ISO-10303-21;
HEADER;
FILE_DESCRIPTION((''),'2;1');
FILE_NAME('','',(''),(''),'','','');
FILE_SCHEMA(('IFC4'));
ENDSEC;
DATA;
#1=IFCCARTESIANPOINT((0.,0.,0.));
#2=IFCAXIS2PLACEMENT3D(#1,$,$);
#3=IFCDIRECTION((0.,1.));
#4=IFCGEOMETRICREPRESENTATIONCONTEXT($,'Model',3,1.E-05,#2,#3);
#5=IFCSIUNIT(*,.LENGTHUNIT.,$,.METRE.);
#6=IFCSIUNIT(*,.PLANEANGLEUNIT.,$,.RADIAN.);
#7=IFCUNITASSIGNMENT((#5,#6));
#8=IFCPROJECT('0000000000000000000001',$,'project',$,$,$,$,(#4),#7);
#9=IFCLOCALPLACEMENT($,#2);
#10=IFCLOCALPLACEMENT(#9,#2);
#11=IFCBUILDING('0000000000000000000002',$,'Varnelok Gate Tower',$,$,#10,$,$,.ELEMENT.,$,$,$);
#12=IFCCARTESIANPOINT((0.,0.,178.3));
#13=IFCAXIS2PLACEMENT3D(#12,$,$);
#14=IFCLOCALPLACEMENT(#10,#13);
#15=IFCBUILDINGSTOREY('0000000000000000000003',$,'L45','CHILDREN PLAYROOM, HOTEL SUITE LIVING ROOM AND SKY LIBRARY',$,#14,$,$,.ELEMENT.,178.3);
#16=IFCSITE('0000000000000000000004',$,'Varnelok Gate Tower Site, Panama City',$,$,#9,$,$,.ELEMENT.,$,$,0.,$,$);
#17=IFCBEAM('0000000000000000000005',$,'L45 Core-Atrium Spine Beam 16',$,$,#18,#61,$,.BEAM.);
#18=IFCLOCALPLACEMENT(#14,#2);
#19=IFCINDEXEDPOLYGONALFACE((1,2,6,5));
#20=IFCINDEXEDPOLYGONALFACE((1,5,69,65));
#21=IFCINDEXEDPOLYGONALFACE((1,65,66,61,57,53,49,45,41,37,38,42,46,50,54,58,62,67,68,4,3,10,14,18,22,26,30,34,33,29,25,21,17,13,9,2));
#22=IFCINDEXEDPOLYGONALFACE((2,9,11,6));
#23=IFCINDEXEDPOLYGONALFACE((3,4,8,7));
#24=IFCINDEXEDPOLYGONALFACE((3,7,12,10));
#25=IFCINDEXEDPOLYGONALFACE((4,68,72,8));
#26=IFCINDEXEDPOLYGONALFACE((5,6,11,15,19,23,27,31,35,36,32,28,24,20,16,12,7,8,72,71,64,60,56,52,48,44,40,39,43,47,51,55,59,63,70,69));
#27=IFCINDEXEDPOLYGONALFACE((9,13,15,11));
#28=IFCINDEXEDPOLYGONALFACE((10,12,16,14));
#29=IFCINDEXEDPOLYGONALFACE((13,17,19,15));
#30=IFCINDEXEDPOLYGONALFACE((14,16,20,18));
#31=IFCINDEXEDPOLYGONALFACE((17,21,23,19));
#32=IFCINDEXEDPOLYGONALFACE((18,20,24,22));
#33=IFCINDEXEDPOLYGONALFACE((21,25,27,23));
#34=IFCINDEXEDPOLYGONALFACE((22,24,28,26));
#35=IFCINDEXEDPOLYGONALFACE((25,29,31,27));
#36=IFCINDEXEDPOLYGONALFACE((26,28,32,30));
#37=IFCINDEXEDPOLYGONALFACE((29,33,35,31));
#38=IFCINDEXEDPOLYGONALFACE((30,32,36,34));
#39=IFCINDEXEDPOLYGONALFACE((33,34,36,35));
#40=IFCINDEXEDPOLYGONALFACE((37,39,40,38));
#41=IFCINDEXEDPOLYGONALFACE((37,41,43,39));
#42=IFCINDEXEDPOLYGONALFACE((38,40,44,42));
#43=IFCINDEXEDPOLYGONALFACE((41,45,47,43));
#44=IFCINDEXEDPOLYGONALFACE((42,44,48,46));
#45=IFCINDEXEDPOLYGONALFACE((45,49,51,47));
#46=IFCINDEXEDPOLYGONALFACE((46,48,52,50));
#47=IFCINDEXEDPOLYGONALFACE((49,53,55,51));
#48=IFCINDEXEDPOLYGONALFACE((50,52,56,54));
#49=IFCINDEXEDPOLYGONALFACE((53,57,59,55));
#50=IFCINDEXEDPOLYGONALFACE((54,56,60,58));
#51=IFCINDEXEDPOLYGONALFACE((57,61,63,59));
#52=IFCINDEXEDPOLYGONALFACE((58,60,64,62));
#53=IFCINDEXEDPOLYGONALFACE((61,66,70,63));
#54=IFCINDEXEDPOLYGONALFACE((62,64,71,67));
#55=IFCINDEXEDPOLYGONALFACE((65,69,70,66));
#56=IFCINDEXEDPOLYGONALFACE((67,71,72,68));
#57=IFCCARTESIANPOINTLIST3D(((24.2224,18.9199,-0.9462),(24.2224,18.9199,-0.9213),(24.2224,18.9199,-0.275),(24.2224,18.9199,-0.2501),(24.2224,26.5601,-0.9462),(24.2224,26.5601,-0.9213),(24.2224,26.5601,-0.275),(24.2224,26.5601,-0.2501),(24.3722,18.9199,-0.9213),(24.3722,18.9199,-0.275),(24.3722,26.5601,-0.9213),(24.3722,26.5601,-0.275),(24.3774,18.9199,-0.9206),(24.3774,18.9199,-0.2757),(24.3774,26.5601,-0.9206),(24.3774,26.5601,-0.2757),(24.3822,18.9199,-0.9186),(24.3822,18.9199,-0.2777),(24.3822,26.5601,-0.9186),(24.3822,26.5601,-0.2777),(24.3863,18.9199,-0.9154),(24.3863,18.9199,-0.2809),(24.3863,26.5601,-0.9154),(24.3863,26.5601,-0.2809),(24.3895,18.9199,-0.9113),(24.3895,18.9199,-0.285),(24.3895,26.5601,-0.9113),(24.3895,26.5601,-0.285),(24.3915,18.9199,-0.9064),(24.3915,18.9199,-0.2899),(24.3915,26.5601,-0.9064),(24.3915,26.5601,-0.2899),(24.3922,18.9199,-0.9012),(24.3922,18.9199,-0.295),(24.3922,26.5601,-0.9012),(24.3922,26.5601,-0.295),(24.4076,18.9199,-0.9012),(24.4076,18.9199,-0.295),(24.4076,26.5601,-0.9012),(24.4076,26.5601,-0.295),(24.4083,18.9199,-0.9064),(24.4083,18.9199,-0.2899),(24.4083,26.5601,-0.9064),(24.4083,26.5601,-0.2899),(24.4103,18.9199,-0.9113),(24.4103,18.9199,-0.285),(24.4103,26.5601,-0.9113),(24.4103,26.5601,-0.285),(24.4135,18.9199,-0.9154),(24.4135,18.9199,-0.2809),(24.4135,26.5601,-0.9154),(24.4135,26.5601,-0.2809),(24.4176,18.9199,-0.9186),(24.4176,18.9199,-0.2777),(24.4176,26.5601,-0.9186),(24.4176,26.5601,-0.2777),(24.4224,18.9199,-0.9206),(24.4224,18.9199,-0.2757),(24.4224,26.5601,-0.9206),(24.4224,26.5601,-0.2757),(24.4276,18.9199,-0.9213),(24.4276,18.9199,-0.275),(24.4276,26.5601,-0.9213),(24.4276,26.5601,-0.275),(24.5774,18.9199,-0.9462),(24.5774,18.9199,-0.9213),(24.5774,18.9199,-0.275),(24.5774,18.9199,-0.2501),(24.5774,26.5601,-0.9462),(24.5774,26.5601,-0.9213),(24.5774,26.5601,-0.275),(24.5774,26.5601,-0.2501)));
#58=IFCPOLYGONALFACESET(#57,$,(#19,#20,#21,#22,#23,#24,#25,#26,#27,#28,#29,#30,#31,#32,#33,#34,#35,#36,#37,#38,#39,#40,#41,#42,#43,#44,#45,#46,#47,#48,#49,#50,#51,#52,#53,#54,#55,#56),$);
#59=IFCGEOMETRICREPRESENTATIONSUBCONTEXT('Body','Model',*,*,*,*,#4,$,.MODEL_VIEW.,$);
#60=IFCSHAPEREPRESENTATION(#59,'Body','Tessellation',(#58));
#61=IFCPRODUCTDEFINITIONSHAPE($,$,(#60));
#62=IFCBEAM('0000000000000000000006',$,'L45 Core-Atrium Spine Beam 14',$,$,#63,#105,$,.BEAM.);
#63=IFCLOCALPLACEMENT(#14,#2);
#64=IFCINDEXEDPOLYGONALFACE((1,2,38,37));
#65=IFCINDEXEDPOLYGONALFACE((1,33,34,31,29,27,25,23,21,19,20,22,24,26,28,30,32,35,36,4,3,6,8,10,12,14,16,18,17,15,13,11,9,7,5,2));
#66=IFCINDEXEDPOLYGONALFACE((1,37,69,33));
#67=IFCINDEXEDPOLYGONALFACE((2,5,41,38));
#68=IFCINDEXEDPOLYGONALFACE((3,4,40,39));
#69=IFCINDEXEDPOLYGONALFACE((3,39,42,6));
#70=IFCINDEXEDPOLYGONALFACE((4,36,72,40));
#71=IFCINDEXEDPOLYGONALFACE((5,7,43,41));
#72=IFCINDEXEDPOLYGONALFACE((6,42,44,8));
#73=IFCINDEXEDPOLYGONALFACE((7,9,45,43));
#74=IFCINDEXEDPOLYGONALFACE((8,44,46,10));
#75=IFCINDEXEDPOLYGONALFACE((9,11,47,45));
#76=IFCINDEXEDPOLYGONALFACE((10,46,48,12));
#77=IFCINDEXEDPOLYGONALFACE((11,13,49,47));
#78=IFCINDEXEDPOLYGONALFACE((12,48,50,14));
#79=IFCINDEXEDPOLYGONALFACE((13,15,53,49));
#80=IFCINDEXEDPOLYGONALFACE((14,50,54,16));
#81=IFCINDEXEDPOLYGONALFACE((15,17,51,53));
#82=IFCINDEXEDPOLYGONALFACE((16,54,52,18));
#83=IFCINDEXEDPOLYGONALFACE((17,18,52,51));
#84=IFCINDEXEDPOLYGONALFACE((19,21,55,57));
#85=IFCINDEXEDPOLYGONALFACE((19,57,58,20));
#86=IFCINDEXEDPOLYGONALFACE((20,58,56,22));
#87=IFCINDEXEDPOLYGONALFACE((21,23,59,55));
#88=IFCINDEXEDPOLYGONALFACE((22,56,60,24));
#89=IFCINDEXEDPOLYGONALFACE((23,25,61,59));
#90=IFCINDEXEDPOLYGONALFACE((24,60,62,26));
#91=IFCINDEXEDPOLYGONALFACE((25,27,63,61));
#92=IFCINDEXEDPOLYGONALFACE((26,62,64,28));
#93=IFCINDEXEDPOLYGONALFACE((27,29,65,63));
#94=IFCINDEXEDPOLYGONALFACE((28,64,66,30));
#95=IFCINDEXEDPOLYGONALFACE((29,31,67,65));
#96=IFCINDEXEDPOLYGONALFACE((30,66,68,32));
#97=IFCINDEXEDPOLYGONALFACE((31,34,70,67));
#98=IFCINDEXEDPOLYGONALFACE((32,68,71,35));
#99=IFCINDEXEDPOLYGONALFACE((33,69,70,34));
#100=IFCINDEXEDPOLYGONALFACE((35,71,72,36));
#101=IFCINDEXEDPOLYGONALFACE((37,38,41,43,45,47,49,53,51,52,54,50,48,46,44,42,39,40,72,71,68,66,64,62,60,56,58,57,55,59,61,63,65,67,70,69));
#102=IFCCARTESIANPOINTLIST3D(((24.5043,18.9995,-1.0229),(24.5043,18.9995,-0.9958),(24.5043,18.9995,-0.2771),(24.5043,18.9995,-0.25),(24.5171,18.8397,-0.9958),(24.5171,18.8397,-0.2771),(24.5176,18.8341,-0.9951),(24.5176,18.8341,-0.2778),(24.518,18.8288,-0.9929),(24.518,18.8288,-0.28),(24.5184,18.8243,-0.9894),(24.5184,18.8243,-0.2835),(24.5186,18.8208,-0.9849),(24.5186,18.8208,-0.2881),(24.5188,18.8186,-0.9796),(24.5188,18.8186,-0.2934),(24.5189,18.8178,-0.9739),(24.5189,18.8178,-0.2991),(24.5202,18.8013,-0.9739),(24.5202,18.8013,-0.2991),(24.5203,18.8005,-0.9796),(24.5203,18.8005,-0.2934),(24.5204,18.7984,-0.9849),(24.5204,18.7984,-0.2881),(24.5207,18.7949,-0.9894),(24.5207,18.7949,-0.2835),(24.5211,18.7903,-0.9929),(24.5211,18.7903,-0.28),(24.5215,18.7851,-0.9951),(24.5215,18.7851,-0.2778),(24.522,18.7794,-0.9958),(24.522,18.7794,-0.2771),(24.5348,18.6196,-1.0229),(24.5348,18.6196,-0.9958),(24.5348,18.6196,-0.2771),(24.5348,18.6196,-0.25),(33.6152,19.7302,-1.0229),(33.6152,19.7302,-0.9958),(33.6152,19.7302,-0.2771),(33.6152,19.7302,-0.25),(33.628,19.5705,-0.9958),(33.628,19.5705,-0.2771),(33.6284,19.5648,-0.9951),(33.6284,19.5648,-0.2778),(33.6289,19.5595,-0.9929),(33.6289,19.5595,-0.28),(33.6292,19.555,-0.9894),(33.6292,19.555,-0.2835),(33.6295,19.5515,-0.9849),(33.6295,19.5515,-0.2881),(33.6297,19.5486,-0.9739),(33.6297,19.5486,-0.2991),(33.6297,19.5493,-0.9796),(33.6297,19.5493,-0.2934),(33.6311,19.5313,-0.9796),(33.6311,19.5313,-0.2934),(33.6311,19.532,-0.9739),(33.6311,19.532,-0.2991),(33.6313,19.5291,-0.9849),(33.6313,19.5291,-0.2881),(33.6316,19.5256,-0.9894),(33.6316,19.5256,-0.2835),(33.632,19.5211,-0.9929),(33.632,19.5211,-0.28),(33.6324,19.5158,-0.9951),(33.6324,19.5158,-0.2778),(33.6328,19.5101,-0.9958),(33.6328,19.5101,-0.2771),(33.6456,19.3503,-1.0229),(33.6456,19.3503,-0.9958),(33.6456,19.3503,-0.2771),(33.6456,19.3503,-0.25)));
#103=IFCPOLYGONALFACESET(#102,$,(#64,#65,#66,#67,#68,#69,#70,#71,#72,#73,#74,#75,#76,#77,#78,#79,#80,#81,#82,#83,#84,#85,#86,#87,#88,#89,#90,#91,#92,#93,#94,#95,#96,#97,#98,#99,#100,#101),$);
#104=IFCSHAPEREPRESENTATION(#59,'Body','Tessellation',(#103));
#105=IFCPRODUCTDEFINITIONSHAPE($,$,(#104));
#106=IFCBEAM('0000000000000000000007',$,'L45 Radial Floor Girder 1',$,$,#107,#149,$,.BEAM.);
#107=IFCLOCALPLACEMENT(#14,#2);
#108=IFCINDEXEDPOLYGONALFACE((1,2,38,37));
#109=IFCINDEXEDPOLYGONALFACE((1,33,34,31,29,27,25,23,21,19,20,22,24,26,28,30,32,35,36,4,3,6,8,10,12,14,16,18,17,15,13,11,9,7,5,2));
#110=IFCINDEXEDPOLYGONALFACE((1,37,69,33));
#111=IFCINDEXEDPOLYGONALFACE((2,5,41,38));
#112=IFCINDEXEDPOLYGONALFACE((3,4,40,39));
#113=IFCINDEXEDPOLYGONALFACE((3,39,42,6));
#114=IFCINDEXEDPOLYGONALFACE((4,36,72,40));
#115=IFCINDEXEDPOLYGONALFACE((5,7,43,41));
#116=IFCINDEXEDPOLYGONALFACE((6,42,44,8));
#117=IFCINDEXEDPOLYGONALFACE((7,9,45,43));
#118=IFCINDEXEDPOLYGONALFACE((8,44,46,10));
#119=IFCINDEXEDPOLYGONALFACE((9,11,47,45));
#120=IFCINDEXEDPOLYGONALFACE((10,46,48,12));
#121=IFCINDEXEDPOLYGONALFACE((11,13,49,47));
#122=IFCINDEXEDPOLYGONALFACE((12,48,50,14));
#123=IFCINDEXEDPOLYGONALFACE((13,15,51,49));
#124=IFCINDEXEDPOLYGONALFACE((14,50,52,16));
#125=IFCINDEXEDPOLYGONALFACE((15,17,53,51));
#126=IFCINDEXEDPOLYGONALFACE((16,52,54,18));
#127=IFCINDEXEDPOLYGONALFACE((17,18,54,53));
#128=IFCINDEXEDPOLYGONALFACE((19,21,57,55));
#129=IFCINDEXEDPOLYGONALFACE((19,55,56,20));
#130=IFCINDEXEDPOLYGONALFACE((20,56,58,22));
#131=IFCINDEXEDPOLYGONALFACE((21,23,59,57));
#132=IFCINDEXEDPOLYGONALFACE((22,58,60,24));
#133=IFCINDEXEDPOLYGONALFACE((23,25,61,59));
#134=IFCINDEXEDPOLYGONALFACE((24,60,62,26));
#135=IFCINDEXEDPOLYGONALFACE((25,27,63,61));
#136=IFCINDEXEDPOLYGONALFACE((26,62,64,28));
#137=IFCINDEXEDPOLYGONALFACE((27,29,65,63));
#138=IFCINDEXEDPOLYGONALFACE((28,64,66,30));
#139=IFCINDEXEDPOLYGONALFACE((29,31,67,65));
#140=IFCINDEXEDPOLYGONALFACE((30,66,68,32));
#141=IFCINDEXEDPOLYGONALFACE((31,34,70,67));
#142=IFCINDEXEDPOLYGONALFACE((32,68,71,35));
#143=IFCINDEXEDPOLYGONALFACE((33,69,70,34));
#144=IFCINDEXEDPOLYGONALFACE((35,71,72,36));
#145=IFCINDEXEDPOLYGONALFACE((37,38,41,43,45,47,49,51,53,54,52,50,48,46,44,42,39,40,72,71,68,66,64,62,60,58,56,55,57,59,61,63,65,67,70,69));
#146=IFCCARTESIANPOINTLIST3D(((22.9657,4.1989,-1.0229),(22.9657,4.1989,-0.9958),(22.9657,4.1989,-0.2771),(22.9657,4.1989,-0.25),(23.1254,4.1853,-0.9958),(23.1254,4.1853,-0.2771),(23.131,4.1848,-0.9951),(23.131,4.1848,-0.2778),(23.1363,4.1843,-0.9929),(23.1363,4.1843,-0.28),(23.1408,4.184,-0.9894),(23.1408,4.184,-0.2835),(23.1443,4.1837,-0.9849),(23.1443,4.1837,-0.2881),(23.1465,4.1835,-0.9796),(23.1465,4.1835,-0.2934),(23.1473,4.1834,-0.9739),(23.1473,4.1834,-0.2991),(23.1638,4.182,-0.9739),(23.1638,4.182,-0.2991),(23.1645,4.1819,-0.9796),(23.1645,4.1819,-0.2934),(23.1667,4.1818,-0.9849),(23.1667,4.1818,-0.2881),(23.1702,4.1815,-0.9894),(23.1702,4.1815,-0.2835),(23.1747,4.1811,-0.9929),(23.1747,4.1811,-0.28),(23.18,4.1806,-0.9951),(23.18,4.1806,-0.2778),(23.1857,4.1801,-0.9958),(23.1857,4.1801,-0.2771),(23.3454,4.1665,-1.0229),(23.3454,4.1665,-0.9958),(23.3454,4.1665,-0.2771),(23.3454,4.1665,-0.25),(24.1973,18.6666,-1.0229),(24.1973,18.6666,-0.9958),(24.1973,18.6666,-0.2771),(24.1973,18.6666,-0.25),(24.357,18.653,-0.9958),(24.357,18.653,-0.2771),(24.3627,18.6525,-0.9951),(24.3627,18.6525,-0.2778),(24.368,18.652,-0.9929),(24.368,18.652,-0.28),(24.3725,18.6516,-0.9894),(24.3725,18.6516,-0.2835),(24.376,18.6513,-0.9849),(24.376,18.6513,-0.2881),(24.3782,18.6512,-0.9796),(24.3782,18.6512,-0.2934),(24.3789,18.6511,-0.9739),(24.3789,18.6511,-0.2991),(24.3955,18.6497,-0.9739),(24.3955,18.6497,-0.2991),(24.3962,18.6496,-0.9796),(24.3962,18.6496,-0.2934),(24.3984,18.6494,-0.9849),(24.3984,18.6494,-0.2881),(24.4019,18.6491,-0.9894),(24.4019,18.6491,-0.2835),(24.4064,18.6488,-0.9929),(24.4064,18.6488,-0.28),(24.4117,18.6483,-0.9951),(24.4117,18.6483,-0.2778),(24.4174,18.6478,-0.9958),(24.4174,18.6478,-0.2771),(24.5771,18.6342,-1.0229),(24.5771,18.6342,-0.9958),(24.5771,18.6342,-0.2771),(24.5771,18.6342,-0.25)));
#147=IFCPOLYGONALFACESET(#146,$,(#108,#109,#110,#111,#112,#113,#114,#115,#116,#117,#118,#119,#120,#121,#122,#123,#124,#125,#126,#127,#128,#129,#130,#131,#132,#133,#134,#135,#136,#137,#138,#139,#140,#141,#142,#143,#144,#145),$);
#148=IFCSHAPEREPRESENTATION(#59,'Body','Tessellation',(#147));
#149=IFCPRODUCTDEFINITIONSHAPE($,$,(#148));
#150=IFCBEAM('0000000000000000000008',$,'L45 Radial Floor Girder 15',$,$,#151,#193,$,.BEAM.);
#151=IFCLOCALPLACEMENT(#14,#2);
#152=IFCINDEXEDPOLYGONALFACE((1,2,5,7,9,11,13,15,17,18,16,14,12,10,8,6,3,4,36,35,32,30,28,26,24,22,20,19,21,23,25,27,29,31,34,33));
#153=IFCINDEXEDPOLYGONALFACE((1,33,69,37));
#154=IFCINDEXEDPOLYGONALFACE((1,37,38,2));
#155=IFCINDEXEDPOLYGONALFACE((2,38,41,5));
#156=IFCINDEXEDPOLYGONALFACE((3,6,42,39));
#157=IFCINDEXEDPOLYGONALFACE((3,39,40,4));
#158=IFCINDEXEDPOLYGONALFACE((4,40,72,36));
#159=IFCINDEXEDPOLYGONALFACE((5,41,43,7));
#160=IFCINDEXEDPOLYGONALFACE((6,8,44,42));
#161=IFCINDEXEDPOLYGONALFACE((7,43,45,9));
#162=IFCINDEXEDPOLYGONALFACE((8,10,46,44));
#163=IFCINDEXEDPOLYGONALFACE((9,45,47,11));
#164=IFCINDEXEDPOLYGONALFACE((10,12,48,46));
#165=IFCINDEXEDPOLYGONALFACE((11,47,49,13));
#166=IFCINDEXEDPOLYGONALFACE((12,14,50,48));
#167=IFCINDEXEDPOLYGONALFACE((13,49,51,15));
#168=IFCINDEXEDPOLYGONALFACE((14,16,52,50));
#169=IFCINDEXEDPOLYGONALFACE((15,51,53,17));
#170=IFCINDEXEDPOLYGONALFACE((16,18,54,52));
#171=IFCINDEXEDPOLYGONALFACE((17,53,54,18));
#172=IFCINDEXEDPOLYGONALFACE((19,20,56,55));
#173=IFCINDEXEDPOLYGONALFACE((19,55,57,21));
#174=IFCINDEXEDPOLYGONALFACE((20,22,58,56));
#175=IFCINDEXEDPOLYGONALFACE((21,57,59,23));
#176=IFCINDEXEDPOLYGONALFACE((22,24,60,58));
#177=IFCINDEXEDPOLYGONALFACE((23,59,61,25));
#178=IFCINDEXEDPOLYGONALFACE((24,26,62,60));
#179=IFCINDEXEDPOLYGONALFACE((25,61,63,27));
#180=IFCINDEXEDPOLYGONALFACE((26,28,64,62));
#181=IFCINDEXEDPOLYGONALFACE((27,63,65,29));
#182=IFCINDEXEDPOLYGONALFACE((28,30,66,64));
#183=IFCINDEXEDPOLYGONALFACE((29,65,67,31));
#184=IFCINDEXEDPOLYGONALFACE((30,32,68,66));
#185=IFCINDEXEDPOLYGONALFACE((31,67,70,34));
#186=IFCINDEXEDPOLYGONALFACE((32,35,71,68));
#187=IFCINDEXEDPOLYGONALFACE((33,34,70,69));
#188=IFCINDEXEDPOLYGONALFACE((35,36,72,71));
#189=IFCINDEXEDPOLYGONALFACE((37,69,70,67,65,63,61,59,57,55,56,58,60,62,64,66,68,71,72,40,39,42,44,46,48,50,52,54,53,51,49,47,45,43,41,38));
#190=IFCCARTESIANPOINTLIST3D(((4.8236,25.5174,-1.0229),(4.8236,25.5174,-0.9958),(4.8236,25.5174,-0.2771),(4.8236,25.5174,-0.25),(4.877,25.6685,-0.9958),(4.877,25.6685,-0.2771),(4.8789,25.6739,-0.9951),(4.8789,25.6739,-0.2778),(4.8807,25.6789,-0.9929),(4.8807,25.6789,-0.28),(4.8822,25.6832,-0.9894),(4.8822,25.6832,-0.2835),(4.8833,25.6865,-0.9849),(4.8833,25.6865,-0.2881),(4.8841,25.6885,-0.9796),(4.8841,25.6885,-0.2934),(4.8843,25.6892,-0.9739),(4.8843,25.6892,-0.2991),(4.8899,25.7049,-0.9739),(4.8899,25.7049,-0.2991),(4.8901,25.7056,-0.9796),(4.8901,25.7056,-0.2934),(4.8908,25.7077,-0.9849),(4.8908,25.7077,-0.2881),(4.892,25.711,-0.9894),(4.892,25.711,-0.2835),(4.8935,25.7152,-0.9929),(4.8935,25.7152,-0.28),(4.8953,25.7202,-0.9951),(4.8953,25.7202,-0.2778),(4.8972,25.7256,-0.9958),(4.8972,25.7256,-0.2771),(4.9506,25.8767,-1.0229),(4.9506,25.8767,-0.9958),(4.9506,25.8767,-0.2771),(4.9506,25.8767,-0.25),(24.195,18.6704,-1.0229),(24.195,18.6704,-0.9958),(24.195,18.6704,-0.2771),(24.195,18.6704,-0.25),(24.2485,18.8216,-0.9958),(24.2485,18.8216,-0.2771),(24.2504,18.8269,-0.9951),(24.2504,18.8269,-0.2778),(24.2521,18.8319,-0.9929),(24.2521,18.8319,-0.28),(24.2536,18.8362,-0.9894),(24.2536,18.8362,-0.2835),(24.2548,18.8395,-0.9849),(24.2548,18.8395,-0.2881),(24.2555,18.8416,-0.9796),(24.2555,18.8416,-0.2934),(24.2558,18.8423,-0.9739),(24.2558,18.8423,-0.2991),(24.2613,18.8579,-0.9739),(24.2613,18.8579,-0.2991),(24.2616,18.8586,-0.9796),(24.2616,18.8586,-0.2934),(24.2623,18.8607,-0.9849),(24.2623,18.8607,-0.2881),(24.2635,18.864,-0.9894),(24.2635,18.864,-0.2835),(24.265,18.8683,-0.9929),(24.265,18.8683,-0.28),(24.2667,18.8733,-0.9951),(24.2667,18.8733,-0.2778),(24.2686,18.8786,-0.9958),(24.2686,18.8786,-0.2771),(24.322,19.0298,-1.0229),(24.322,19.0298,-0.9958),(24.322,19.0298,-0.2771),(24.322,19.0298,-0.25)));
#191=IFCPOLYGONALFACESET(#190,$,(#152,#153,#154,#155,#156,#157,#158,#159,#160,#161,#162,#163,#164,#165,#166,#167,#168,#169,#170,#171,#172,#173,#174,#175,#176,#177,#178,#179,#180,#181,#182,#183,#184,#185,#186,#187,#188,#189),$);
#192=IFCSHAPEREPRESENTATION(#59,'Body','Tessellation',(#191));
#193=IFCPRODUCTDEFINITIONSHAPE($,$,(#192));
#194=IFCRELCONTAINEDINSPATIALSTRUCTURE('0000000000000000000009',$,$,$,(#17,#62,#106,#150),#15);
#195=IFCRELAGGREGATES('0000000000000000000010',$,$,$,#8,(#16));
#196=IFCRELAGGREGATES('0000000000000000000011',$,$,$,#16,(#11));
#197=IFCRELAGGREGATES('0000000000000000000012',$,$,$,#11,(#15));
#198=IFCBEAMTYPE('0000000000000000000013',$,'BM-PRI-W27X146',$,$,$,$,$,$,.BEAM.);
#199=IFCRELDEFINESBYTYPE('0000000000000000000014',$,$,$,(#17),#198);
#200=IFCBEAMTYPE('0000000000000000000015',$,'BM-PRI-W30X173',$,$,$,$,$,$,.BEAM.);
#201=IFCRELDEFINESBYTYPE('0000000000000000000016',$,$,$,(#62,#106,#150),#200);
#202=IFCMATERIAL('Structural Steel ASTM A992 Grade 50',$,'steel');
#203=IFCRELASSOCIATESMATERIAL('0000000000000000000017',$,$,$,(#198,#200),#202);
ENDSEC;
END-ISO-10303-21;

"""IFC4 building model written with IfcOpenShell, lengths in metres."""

from ifc_helpers import new_model, si_unit, direction, frame, origin, origin_2d, place, context, subcontext, project, spatial, i_section, extrude, material, material_profile, profile_set, type_object, element, save


model = new_model("IFC4")

# Units and contexts
model_context = context("Model", 3, precision=1e-05, world=origin(), true_north=direction((0.0, 1.0)))
body_context = subcontext(model_context, "Body", "Model", "MODEL_VIEW")
ifc_project = project(units=[si_unit("LENGTHUNIT", "METRE"), si_unit("PLANEANGLEUNIT", "RADIAN")], contexts=[model_context])

# Site, building, storey
site_placement = place(None, origin())
site = spatial("IfcSite", under=ifc_project, at=site_placement, Name="Varnelok Gate Tower Site, Panama City", CompositionType="ELEMENT", RefElevation=0.0)
building_placement = place(site_placement, origin())
building = spatial("IfcBuilding", under=site, at=building_placement, Name="Varnelok Gate Tower", CompositionType="ELEMENT")
storey_placement = place(building_placement, frame((0.0, 0.0, 178.3)))
storey = spatial("IfcBuildingStorey", under=building, at=storey_placement, Name="L45", Description="CHILDREN PLAYROOM, HOTEL SUITE LIVING ROOM AND SKY LIBRARY", CompositionType="ELEMENT", Elevation=178.3)

# Shared definitions
ifc_material_1 = material(Name="Structural Steel ASTM A992 Grade 50", Category="steel")

# Beams
ifc_material_profile_1 = material_profile(ifc_material_1, i_section(OverallWidth=0.355, OverallDepth=0.696, WebThickness=0.0154, FlangeThickness=0.0249, FilletRadius=0.02, at=origin_2d()), Name="W27X146")
ifc_profile_set_1 = profile_set([ifc_material_profile_1], Name="Structural Steel ASTM A992 Grade 50")
beam_type_1 = type_object("IfcBeamType", Name="BM-PRI-W27X146", PredefinedType="BEAM", material=ifc_profile_set_1)
beam_1_placement = place(storey_placement, frame((24.3999, 18.9199, -0.5981), z_axis=(0.0, 1.0, 0.0), x_axis=(-1.0, 0.0, 0.0)))
element("IfcBeam", 1, at=beam_1_placement, inside=storey, type_object=beam_type_1, Name="L45 Core-Atrium Spine Beam 16", PredefinedType="BEAM", context=body_context, shape_type="SweptSolid", body=[
    extrude(i_section(OverallWidth=0.355, OverallDepth=0.696, WebThickness=0.0154, FlangeThickness=0.0249, FilletRadius=0.02, at=origin_2d()), origin(), (0.0, 0.0, 1.0), 7.6401),
])
ifc_material_profile_2 = material_profile(ifc_material_1, i_section(OverallWidth=0.3811, OverallDepth=0.7729, WebThickness=0.0166, FlangeThickness=0.0271, FilletRadius=0.022, at=origin_2d()), Name="W30X173")
ifc_profile_set_2 = profile_set([ifc_material_profile_2], Name="Structural Steel ASTM A992 Grade 50")
beam_type_2 = type_object("IfcBeamType", Name="BM-PRI-W30X173", PredefinedType="BEAM", material=ifc_profile_set_2)
beam_2_placement = place(storey_placement, frame((24.5195, 18.8096, -0.6365), z_axis=(0.996799, 0.079946, 0.0), x_axis=(-0.079946, 0.996799, 0.0)))
element("IfcBeam", 2, at=beam_2_placement, inside=storey, type_object=beam_type_2, Name="L45 Core-Atrium Spine Beam 14", PredefinedType="BEAM", context=body_context, shape_type="SweptSolid", body=[
    extrude(i_section(OverallWidth=0.3811, OverallDepth=0.7729, WebThickness=0.0166, FlangeThickness=0.0271, FilletRadius=0.022, at=origin_2d()), origin(), (0.0, 0.0, 1.0), 9.1401),
])
beam_3_placement = place(storey_placement, frame((24.3872, 18.6504, -0.6365), z_axis=(-0.084826, -0.996396, 0.0), x_axis=(0.996396, -0.084826, 0.0)))
element("IfcBeam", 3, at=beam_3_placement, inside=storey, type_object=beam_type_2, Name="L45 Radial Floor Girder 1", PredefinedType="BEAM", context=body_context, shape_type="SweptSolid", body=[
    extrude(i_section(OverallWidth=0.3811, OverallDepth=0.7729, WebThickness=0.0166, FlangeThickness=0.0271, FilletRadius=0.022, at=origin_2d()), origin(), (0.0, 0.0, 1.0), 14.52),
])
beam_4_placement = place(storey_placement, frame((24.2585, 18.8501, -0.6365), z_axis=(-0.942838, 0.333252, 0.0), x_axis=(-0.333252, -0.942838, 0.0)))
element("IfcBeam", 4, at=beam_4_placement, inside=storey, type_object=beam_type_2, Name="L45 Radial Floor Girder 15", PredefinedType="BEAM", context=body_context, shape_type="SweptSolid", body=[
    extrude(i_section(OverallWidth=0.3811, OverallDepth=0.7729, WebThickness=0.0166, FlangeThickness=0.0271, FilletRadius=0.022, at=origin_2d()), origin(), (0.0, 0.0, 1.0), 20.5459),
])

save(model, "model.ifc")
